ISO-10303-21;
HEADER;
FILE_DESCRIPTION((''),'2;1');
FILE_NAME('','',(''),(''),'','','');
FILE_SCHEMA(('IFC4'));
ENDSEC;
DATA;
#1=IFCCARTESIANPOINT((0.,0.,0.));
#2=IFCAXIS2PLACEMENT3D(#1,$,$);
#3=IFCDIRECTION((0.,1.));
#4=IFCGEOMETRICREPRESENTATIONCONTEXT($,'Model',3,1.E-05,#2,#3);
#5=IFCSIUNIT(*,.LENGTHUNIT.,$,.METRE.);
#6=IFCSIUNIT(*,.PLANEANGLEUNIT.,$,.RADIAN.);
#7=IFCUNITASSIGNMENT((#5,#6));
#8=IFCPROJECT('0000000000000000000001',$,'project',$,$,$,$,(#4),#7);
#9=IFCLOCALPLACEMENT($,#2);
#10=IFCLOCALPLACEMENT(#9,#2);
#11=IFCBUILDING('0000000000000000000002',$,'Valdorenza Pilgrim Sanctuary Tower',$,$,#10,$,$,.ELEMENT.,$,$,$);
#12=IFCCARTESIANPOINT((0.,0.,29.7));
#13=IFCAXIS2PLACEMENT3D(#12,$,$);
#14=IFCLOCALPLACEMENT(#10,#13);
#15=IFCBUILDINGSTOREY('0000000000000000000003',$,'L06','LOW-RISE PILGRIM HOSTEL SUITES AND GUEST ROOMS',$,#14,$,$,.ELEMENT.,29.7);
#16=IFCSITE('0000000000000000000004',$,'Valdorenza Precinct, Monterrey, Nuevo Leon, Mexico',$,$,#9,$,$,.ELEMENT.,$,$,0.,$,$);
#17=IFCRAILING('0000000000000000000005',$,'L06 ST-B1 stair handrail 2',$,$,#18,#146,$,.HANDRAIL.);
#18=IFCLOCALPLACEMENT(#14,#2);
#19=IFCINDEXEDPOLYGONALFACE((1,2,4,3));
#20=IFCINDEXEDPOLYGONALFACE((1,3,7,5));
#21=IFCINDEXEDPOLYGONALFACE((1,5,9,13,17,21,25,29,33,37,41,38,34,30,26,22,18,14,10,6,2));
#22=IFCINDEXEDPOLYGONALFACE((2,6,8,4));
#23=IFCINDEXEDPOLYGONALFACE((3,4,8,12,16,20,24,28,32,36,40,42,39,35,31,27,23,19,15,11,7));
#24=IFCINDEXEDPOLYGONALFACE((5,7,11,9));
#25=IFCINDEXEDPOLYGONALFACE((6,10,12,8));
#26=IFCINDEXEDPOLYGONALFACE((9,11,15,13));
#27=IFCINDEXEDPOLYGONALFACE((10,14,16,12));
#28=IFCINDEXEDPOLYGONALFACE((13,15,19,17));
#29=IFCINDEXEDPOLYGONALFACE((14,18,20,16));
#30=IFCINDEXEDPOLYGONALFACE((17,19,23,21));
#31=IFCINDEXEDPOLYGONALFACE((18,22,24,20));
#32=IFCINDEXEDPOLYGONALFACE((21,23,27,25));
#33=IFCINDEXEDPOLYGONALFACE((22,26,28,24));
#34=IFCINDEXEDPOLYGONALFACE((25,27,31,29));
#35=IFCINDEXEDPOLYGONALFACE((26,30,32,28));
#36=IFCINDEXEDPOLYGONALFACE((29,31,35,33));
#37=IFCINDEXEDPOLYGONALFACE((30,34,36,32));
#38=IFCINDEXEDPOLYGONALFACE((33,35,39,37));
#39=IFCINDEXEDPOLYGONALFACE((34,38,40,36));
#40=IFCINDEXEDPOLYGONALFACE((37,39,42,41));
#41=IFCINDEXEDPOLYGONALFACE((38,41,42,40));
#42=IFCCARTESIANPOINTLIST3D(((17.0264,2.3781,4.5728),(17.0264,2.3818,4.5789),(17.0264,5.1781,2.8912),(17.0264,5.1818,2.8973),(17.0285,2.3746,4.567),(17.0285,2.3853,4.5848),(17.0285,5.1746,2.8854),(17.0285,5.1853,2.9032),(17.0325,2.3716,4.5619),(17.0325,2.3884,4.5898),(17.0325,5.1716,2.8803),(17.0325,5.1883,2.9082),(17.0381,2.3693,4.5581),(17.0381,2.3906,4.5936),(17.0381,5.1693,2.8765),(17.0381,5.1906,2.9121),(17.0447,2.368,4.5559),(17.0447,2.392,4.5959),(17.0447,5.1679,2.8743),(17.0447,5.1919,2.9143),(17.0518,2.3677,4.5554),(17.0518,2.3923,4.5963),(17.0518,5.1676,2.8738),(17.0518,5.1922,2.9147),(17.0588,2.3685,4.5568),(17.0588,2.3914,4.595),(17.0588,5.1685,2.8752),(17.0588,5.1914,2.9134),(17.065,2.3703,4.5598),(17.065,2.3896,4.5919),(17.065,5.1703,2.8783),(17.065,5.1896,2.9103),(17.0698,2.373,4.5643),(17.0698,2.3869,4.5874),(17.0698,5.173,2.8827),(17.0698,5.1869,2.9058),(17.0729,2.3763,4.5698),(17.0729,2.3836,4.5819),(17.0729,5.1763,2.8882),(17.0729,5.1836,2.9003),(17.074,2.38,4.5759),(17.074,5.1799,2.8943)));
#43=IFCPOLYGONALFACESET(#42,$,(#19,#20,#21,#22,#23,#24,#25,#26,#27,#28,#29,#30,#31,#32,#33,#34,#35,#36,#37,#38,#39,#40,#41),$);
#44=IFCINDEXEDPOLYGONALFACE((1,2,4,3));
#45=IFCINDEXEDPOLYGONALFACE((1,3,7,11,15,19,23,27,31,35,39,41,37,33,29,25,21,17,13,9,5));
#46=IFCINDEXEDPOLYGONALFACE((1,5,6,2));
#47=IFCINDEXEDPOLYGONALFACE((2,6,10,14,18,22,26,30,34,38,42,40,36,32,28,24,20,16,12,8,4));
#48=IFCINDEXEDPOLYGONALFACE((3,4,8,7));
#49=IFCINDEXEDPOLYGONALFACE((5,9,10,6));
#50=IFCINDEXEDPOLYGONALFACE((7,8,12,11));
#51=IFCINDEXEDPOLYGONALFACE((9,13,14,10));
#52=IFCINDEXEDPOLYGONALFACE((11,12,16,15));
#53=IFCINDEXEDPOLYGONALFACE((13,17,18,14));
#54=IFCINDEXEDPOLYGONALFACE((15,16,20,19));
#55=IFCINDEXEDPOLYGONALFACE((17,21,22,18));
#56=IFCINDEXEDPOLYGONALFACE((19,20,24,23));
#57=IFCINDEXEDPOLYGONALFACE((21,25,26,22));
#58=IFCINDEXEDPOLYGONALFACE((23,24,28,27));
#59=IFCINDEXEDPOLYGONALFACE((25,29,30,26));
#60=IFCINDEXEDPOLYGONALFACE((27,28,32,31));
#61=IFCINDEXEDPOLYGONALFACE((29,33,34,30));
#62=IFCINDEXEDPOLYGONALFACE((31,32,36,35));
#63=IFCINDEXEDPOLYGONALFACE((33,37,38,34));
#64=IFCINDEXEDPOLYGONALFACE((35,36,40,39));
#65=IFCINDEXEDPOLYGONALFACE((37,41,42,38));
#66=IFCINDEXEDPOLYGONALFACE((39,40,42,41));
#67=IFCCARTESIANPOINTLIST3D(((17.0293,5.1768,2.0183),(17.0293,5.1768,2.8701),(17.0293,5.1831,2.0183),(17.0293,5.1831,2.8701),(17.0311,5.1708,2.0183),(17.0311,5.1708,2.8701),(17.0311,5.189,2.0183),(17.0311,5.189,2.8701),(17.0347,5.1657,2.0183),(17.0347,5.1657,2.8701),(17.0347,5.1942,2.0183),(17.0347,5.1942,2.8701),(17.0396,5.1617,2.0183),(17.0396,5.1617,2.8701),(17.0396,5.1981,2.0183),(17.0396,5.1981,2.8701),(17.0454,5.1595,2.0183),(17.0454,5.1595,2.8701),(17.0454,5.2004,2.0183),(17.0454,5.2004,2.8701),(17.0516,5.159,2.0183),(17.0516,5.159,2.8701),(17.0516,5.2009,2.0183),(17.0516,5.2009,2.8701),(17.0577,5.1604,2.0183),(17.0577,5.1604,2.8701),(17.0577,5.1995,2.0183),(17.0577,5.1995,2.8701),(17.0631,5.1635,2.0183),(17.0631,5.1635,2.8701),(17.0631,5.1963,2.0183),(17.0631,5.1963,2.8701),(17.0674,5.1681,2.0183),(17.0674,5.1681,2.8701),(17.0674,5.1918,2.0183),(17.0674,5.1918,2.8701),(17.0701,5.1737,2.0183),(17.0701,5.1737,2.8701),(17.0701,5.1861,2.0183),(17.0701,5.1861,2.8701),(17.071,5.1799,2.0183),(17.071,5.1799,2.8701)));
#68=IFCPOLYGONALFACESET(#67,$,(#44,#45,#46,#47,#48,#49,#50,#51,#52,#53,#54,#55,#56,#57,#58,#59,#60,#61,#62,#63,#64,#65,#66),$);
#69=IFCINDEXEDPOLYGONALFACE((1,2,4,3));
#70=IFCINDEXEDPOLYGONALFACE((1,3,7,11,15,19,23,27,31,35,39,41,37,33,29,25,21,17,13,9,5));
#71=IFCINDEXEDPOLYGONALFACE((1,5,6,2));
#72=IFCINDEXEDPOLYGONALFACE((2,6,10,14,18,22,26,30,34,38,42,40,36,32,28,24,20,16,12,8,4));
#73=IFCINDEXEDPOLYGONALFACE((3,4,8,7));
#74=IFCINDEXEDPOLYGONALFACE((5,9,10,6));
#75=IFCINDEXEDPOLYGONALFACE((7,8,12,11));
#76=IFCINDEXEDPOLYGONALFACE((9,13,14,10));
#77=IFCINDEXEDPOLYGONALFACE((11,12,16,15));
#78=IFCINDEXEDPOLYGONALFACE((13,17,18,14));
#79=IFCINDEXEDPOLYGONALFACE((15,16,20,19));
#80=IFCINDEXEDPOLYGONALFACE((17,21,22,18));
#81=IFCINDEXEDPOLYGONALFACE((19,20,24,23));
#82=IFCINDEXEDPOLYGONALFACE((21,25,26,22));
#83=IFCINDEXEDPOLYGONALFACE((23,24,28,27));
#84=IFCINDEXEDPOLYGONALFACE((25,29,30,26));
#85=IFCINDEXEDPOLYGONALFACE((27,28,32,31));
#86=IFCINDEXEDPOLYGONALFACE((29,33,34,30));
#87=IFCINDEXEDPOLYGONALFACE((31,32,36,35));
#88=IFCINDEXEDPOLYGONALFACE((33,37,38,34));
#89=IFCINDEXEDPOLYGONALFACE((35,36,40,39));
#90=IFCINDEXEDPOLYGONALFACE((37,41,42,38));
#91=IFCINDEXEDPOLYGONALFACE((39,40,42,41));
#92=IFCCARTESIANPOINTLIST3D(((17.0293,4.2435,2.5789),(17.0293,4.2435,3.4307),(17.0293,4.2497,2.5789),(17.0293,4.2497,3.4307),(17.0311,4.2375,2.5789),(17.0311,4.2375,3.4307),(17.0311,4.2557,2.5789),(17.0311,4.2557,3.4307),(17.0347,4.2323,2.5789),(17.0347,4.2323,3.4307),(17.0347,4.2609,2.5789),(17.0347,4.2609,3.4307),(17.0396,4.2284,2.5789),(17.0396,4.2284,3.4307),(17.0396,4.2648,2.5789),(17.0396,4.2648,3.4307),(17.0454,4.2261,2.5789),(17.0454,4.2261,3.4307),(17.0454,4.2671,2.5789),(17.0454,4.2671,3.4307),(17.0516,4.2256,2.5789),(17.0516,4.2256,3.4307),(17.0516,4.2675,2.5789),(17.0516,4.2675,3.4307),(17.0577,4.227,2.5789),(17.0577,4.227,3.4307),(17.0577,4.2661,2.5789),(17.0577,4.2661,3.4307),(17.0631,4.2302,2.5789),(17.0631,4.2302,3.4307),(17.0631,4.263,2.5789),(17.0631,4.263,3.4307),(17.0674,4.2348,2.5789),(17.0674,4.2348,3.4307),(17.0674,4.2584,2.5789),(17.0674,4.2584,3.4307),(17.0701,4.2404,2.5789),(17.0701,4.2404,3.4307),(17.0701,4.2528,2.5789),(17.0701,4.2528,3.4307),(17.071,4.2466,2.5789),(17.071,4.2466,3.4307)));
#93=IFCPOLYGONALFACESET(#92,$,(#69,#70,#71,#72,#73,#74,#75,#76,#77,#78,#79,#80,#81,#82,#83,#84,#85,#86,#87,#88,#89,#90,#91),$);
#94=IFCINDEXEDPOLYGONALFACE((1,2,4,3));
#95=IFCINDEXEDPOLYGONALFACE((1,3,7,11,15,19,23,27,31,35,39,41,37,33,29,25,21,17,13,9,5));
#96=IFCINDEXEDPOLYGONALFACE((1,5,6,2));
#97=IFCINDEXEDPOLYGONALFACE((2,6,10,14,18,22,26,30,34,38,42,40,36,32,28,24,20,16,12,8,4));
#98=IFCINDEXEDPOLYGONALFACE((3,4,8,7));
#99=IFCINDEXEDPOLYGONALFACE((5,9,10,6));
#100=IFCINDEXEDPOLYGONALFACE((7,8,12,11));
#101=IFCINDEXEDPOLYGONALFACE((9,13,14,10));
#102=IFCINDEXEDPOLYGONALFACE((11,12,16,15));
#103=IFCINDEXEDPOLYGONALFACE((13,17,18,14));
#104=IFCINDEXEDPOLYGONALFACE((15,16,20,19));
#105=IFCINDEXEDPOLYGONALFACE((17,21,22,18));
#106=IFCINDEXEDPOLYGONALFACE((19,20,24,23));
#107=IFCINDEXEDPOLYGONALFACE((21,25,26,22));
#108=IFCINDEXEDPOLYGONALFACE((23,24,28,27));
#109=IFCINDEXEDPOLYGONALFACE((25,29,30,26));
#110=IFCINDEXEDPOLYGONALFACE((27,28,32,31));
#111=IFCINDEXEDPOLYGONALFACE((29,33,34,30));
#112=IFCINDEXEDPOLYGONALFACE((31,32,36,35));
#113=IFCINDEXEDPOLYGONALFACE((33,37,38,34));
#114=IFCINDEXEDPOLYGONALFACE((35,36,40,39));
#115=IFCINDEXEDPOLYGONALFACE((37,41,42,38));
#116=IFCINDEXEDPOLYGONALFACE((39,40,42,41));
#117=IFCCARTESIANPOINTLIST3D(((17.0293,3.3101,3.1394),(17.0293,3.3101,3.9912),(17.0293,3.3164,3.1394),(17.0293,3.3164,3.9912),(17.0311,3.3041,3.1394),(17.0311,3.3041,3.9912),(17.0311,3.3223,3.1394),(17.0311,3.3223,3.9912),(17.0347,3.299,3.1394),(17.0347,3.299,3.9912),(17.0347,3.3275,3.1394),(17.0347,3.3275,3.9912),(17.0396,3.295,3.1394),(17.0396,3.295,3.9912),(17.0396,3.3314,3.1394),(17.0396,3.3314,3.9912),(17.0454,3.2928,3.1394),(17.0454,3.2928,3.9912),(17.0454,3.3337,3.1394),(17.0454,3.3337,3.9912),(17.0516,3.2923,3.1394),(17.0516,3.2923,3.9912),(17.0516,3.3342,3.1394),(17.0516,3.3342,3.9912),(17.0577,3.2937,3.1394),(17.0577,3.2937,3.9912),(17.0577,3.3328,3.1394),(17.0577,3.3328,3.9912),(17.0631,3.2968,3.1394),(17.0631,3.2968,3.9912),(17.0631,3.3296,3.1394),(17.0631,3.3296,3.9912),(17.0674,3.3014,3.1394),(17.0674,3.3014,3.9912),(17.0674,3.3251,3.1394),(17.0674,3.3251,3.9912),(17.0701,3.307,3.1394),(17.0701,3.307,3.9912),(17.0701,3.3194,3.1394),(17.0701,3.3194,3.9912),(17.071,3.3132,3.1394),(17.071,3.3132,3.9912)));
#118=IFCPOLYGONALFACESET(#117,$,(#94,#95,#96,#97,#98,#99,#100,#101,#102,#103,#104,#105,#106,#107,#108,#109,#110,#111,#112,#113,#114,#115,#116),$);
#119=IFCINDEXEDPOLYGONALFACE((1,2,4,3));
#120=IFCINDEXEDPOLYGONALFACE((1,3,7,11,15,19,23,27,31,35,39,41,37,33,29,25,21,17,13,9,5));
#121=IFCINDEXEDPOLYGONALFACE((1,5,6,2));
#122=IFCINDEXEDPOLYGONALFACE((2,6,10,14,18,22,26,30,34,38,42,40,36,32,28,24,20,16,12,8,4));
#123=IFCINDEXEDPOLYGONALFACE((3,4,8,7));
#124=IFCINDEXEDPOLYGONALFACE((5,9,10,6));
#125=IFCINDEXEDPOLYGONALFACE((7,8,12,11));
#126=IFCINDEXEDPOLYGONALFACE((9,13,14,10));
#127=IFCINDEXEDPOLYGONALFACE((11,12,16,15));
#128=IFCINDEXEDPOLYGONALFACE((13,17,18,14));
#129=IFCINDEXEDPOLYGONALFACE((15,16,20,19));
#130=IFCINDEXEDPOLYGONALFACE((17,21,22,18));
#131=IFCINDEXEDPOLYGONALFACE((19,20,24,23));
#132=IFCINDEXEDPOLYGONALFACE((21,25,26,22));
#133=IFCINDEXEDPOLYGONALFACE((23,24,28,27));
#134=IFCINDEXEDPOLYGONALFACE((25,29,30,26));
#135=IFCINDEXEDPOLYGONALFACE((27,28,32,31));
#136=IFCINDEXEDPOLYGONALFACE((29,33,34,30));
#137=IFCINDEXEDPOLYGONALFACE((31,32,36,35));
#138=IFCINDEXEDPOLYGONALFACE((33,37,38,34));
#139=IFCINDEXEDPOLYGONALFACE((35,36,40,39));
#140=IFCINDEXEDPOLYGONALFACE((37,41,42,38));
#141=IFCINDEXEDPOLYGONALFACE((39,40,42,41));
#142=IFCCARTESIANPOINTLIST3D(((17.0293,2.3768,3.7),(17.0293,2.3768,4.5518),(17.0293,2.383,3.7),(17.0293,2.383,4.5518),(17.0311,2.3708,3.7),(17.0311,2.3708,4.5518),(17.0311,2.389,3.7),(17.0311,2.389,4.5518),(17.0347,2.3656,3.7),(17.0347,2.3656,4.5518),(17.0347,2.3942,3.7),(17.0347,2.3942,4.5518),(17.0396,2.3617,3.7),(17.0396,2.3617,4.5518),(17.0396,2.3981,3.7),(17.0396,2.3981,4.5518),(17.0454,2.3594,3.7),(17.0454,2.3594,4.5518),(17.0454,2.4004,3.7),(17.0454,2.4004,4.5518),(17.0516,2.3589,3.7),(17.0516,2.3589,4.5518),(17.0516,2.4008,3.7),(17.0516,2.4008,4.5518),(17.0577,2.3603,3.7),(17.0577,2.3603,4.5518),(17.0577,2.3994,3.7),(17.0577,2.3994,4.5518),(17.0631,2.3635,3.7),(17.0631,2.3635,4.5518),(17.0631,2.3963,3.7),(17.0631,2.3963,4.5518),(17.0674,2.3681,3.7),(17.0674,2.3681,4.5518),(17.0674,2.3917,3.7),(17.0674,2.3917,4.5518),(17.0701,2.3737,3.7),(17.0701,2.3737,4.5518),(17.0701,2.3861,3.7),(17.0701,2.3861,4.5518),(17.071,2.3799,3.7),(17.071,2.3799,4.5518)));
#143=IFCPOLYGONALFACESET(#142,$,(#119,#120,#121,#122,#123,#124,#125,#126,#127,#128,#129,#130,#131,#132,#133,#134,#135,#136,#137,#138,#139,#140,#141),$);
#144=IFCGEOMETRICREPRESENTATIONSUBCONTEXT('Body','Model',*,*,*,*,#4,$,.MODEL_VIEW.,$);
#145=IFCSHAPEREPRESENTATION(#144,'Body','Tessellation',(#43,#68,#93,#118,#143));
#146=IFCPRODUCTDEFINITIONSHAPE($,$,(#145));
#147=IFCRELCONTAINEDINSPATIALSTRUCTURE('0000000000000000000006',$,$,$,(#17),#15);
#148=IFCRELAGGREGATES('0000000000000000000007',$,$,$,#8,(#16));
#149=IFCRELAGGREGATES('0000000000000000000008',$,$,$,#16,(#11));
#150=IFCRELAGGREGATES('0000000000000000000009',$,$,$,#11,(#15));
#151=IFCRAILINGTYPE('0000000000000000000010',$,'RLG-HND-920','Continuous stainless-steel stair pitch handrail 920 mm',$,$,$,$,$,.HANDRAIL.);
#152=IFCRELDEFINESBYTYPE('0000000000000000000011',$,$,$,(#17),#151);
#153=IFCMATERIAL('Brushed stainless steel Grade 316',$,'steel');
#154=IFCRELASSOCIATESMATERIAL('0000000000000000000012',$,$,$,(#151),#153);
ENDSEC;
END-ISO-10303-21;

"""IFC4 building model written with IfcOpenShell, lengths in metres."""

from ifc_helpers import new_model, si_unit, direction, frame, origin, origin_2d, place, context, subcontext, project, spatial, circle, extrude, material, type_object, element, save


model = new_model("IFC4")

# Units and contexts
model_context = context("Model", 3, precision=1e-05, world=origin(), true_north=direction((0.0, 1.0)))
body_context = subcontext(model_context, "Body", "Model", "MODEL_VIEW")
ifc_project = project(units=[si_unit("LENGTHUNIT", "METRE"), si_unit("PLANEANGLEUNIT", "RADIAN")], contexts=[model_context])

# Site, building, storey
site_placement = place(None, origin())
site = spatial("IfcSite", under=ifc_project, at=site_placement, Name="Valdorenza Precinct, Monterrey, Nuevo Leon, Mexico", CompositionType="ELEMENT", RefElevation=0.0)
building_placement = place(site_placement, origin())
building = spatial("IfcBuilding", under=site, at=building_placement, Name="Valdorenza Pilgrim Sanctuary Tower", CompositionType="ELEMENT")
storey_placement = place(building_placement, frame((0.0, 0.0, 29.7)))
storey = spatial("IfcBuildingStorey", under=building, at=storey_placement, Name="L06", Description="LOW-RISE PILGRIM HOSTEL SUITES AND GUEST ROOMS", CompositionType="ELEMENT", Elevation=29.7)

# Railing
ifc_material_1 = material(Name="Brushed stainless steel Grade 316", Category="steel")
railing_type_1 = type_object("IfcRailingType", Name="RLG-HND-920", Description="Continuous stainless-steel stair pitch handrail 920 mm", PredefinedType="HANDRAIL", material=ifc_material_1)
railing_1_placement = place(storey_placement, frame((17.05, 5.1799, 2.0183)))
element("IfcRailing", 1, at=railing_1_placement, inside=storey, type_object=railing_type_1, Name="L06 ST-B1 stair handrail 2", PredefinedType="HANDRAIL", context=body_context, shape_type="SweptSolid", body=[
    extrude(circle(Radius=0.0239, at=origin_2d()), frame((0.0, 0.0, 0.876), z_axis=(0.0, -0.857275, 0.514858), x_axis=(1.0, 0.0, 0.0)), (0.0, 0.0, 1.0), 3.2661),
    extrude(circle(Radius=0.021, at=origin_2d()), origin(), (0.0, 0.0, 1.0), 0.8518),
    extrude(circle(Radius=0.021, at=origin_2d()), frame((0.0, -0.9333, 0.5605)), (0.0, 0.0, 1.0), 0.8518),
    extrude(circle(Radius=0.021, at=origin_2d()), frame((0.0, -1.8667, 1.1211)), (0.0, 0.0, 1.0), 0.8518),
    extrude(circle(Radius=0.021, at=origin_2d()), frame((0.0, -2.8, 1.6816)), (0.0, 0.0, 1.0), 0.8518),
])

save(model, "model.ifc")
